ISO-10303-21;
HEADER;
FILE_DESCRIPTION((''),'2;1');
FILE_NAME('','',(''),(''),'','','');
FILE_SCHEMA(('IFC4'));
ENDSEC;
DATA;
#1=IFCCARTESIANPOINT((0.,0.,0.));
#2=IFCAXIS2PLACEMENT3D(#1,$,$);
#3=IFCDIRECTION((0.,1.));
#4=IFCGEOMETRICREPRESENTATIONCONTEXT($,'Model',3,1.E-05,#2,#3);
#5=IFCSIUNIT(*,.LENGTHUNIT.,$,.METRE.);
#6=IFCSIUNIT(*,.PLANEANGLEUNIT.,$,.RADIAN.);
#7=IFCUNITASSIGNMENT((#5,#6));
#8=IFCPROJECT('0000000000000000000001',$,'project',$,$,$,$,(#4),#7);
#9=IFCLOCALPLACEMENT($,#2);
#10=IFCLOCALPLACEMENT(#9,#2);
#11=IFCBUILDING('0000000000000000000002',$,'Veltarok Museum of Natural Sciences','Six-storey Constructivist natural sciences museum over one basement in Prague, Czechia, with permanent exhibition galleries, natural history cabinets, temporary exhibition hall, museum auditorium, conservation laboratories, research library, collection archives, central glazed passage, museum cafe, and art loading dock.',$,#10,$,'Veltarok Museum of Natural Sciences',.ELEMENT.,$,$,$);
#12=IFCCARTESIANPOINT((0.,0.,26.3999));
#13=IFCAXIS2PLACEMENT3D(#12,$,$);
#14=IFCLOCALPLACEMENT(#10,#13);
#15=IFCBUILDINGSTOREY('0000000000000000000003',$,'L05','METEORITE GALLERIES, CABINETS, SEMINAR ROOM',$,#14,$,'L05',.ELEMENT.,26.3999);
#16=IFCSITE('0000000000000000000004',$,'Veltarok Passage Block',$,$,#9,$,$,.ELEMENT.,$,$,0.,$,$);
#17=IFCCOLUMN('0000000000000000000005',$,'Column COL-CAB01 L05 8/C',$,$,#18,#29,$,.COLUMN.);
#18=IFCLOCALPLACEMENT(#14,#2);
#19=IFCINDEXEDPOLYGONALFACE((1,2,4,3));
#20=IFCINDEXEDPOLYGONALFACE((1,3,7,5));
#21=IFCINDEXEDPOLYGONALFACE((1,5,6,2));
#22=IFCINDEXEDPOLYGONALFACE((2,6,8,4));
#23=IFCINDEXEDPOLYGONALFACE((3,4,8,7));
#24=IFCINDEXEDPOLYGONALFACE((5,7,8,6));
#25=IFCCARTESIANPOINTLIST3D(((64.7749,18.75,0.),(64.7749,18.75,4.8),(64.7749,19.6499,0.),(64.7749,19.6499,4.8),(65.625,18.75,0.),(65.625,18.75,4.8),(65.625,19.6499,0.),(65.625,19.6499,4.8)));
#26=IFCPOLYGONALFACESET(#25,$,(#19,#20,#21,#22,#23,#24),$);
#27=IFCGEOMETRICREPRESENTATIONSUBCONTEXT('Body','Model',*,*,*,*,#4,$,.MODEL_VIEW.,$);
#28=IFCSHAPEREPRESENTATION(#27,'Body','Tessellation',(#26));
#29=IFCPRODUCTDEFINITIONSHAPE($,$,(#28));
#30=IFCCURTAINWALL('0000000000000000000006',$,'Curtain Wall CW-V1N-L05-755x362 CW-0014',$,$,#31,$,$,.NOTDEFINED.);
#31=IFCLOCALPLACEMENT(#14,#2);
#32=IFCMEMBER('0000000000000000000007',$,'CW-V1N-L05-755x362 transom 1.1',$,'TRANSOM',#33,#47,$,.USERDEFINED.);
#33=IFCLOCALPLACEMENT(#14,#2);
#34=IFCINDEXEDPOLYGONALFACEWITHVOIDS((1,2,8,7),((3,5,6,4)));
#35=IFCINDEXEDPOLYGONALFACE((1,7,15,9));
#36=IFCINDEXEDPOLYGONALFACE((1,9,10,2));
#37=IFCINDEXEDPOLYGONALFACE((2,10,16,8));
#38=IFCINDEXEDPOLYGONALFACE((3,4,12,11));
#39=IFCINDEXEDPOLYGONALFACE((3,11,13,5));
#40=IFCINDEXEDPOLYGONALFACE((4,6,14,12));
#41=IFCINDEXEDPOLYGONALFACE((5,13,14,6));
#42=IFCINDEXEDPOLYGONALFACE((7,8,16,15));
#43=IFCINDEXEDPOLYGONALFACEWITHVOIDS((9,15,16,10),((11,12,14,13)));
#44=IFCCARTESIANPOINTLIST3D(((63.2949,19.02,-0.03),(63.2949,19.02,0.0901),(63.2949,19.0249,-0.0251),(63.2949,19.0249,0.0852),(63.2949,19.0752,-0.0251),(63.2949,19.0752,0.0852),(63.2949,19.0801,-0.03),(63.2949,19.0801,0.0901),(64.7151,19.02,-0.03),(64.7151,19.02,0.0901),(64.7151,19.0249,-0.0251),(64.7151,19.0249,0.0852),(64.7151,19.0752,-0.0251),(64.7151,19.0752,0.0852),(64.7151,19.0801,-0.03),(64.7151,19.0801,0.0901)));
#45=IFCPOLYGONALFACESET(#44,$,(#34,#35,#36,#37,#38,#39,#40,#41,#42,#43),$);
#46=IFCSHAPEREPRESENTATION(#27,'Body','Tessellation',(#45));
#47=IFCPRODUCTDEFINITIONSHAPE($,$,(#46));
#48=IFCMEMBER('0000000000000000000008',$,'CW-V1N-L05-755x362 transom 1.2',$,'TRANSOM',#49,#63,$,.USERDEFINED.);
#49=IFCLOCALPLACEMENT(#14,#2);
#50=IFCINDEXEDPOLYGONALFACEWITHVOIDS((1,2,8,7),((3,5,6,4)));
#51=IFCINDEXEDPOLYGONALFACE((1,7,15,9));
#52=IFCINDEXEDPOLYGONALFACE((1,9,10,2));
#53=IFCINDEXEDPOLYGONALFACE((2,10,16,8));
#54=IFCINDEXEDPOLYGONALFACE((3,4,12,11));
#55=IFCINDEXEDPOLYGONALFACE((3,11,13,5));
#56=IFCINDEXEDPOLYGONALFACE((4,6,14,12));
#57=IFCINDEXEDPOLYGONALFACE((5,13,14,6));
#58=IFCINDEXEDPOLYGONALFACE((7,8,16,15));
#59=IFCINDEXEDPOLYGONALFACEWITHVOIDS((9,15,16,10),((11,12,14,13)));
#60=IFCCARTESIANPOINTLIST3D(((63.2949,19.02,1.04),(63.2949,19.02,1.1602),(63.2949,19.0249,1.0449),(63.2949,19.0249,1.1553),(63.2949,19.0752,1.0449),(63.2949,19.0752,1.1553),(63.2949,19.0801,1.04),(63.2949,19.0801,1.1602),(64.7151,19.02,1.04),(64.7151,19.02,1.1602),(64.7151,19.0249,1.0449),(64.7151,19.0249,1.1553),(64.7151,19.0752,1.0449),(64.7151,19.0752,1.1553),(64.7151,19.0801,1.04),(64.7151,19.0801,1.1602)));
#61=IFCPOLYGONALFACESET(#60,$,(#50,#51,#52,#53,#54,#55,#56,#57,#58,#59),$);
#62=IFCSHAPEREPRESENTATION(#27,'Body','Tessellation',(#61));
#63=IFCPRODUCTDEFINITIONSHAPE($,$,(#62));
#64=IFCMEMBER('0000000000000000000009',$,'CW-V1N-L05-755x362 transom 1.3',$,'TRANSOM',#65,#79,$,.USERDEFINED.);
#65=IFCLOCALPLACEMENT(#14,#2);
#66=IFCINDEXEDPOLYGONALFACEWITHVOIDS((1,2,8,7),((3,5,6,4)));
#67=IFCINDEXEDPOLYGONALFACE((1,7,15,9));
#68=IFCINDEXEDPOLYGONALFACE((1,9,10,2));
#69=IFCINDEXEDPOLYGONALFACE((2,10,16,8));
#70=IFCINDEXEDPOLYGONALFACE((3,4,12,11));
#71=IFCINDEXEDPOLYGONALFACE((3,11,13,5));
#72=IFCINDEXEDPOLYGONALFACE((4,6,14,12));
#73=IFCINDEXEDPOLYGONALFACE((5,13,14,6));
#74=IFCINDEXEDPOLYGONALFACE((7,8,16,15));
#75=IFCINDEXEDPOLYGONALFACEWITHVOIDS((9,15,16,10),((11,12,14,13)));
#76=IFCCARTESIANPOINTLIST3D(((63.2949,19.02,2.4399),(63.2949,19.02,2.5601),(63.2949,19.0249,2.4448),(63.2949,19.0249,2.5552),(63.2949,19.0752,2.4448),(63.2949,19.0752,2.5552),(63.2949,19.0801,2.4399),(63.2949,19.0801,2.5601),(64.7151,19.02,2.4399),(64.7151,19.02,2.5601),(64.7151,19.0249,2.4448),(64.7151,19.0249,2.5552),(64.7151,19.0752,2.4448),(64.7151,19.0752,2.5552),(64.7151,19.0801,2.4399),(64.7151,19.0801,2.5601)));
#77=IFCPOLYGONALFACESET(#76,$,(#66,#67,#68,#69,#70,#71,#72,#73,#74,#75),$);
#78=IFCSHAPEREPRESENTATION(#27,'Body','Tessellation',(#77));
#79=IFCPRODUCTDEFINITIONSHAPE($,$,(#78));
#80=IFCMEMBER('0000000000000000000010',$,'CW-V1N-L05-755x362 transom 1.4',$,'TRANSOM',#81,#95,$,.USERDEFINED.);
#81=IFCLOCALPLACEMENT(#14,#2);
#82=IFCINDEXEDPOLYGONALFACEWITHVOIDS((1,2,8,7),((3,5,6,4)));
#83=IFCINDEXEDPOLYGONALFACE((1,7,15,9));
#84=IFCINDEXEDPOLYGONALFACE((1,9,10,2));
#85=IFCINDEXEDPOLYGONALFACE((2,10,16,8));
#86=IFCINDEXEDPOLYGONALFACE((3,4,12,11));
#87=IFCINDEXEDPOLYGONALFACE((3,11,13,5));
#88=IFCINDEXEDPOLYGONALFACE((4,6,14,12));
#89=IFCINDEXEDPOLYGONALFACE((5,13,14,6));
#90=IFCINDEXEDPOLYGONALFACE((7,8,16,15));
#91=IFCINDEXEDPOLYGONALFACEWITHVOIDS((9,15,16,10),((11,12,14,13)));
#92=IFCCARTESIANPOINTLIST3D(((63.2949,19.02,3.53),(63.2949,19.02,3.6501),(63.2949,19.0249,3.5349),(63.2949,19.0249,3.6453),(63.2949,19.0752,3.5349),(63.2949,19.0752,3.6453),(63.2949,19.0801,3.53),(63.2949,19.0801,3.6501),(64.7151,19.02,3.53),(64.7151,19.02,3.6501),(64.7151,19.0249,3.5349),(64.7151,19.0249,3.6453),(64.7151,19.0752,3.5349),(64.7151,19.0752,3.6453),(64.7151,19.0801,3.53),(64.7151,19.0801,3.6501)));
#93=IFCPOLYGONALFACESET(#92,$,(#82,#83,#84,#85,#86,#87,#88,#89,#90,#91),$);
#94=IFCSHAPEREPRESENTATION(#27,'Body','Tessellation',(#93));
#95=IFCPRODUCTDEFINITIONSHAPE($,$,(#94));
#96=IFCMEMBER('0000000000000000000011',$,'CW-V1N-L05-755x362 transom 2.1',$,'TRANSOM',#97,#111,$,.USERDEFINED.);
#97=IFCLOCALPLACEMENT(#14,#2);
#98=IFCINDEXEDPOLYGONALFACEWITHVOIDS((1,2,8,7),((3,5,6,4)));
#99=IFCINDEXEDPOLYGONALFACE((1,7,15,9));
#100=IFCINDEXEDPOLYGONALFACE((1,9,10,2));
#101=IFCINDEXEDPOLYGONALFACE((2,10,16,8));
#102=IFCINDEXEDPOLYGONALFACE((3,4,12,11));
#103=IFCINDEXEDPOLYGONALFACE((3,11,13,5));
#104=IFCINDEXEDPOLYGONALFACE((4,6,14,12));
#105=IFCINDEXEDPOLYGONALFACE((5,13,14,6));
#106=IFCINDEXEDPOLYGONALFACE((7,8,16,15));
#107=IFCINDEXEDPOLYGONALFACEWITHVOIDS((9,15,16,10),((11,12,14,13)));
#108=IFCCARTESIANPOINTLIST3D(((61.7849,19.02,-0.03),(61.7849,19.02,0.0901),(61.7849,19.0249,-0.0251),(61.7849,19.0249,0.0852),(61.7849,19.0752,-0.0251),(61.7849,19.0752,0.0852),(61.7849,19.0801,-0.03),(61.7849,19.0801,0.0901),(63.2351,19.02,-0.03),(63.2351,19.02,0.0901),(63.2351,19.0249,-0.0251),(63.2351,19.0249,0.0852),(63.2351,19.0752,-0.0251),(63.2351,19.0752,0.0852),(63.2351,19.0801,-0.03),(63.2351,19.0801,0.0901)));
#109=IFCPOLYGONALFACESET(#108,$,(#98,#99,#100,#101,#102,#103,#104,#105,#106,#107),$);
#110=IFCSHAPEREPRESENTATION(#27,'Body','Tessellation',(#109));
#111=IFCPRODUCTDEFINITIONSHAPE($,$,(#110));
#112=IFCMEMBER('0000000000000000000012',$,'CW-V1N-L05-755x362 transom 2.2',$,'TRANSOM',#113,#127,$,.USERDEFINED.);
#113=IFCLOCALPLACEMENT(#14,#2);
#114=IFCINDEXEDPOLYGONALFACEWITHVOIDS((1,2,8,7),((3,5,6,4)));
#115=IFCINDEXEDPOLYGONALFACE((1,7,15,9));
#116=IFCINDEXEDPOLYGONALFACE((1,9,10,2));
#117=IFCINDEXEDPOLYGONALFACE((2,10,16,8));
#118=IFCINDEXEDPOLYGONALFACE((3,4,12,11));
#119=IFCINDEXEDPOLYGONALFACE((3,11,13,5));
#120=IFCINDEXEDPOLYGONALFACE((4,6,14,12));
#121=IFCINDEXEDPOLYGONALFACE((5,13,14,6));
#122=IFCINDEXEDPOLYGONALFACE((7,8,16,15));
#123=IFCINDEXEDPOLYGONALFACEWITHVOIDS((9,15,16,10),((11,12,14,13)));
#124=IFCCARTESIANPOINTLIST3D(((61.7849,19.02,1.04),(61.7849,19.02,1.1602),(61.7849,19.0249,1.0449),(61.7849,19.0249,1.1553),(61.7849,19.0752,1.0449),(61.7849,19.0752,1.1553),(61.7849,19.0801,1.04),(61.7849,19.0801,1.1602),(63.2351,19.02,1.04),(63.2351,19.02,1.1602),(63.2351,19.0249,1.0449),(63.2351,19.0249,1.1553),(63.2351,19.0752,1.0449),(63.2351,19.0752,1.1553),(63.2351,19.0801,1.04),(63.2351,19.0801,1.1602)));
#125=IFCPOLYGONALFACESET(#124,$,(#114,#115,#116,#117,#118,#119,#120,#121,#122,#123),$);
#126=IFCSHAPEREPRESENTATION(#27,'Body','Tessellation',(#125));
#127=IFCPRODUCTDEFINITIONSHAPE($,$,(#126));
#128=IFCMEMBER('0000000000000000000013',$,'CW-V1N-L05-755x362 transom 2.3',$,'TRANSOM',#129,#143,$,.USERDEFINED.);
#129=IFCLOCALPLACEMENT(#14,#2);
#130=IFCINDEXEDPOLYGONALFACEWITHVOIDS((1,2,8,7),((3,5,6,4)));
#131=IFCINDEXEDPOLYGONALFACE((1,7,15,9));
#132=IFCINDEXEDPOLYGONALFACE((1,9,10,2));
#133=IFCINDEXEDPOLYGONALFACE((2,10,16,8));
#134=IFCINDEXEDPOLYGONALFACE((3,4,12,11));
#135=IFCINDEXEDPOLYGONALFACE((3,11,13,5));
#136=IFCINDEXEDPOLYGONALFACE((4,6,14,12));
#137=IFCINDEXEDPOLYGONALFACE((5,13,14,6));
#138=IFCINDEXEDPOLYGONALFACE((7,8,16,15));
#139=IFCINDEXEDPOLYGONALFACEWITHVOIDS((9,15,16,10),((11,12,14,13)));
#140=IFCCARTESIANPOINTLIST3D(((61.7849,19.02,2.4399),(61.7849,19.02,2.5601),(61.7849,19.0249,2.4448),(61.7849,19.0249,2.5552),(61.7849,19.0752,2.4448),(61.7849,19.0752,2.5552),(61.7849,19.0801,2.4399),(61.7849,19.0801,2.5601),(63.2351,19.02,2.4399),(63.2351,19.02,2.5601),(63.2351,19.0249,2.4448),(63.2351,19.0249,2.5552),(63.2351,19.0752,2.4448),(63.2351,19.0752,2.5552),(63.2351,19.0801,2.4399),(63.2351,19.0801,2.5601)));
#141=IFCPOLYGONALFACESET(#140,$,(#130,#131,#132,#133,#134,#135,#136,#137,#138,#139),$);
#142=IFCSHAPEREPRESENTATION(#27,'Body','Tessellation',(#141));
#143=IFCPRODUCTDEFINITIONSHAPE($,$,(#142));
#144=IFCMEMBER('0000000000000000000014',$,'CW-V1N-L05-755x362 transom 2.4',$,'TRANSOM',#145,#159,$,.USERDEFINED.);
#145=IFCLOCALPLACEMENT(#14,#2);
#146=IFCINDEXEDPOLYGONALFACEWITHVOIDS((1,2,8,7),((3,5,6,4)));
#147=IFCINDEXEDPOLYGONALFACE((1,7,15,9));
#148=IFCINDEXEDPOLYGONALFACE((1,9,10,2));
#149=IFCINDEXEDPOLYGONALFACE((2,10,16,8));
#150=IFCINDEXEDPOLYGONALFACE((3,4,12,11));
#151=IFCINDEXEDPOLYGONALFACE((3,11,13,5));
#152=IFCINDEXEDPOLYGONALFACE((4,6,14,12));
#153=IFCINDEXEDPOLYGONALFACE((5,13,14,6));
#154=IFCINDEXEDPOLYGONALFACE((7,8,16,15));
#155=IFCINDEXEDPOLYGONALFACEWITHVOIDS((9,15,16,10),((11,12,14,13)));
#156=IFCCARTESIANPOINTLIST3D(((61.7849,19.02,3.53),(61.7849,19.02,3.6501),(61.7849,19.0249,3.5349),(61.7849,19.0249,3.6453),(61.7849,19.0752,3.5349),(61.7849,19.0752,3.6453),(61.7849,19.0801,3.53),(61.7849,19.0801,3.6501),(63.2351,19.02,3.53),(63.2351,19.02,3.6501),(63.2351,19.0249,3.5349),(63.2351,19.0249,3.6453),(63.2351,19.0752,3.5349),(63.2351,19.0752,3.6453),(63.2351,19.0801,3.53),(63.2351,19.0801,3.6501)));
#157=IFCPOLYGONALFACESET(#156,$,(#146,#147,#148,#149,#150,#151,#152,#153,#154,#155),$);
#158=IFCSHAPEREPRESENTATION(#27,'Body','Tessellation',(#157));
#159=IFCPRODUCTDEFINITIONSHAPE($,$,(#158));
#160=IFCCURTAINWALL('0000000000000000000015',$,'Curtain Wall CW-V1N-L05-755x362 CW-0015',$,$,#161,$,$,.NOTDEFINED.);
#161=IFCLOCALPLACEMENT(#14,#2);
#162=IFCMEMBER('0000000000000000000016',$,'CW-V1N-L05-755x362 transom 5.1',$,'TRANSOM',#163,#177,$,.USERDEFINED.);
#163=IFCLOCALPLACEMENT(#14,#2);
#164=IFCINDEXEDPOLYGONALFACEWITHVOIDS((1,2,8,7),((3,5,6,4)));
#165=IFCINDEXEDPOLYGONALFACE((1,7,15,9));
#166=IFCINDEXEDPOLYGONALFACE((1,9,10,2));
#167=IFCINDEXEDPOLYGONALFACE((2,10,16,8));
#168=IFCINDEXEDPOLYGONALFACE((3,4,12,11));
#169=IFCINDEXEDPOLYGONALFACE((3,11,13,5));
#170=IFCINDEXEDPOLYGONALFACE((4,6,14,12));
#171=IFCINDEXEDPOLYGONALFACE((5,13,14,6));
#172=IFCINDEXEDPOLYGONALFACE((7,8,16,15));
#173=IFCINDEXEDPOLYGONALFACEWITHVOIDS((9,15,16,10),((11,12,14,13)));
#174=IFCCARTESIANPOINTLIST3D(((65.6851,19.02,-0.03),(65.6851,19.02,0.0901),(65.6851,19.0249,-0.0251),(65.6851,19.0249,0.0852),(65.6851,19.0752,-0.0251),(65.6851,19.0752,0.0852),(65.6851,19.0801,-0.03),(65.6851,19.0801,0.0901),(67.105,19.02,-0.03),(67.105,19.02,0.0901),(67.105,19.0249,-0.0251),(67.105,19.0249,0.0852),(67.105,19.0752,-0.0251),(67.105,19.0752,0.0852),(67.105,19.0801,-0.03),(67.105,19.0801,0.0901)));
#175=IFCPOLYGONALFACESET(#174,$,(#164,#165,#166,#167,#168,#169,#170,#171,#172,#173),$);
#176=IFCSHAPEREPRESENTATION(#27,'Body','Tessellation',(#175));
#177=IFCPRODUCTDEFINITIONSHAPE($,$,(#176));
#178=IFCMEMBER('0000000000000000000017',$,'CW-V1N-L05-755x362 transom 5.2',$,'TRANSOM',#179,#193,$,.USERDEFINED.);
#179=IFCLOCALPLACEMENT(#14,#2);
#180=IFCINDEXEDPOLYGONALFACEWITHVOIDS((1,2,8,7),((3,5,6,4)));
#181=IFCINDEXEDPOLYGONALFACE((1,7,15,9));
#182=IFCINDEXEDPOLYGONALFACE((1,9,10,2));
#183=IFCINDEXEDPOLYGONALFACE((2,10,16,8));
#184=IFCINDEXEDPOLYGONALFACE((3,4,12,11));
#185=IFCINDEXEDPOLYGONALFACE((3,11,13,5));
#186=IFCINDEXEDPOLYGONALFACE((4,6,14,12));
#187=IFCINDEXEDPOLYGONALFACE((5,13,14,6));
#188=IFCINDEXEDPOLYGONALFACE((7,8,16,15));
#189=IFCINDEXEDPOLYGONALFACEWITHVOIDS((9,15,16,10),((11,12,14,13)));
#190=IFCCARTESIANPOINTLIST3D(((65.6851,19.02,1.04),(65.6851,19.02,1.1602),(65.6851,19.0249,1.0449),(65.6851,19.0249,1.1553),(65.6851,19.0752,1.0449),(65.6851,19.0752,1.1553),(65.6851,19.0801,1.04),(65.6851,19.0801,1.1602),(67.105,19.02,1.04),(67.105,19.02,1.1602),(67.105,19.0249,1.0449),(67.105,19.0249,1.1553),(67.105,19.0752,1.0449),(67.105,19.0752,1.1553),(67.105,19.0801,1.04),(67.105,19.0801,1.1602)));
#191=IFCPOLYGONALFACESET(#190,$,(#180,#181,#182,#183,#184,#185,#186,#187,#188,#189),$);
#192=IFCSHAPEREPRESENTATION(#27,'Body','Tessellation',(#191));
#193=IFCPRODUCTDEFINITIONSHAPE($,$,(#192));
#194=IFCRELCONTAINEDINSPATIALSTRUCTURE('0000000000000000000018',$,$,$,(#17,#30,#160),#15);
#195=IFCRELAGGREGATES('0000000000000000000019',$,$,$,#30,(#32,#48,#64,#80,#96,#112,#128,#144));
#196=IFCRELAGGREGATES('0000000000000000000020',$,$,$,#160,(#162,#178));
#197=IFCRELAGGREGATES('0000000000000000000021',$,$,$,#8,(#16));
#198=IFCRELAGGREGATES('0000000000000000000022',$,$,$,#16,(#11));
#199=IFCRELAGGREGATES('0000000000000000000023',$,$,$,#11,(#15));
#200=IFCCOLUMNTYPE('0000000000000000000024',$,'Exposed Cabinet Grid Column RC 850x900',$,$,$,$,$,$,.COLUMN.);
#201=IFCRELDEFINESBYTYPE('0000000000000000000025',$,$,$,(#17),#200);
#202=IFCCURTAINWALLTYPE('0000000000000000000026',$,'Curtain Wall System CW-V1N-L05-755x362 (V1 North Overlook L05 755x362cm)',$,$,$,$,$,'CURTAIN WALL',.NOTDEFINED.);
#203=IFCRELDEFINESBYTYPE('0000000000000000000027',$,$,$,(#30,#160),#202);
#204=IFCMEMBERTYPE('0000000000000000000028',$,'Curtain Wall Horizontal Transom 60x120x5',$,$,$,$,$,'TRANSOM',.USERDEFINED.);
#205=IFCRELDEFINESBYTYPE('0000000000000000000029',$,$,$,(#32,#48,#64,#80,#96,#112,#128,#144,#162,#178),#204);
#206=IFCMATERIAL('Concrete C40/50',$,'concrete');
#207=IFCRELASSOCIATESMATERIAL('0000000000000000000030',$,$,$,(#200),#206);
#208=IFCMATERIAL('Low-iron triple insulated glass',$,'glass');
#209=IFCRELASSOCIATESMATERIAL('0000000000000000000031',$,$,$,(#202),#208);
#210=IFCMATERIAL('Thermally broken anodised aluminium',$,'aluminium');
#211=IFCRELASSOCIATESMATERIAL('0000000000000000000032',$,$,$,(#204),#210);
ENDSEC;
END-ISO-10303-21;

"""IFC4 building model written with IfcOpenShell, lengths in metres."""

from ifc_helpers import new_model, si_unit, direction, frame, origin, origin_2d, place, context, subcontext, project, spatial, rectangle, hollow_rectangle, extrude, material, material_profile, profile_set, type_object, element, aggregate, save


model = new_model("IFC4")

# Units and contexts
model_context = context("Model", 3, precision=1e-05, world=origin(), true_north=direction((0.0, 1.0)))
body_context = subcontext(model_context, "Body", "Model", "MODEL_VIEW")
ifc_project = project(units=[si_unit("LENGTHUNIT", "METRE"), si_unit("PLANEANGLEUNIT", "RADIAN")], contexts=[model_context])

# Site, building, storey
site_placement = place(None, origin())
site = spatial("IfcSite", under=ifc_project, at=site_placement, Name="Veltarok Passage Block", CompositionType="ELEMENT", RefElevation=0.0)
building_placement = place(site_placement, origin())
building = spatial("IfcBuilding", under=site, at=building_placement, Name="Veltarok Museum of Natural Sciences", Description="Six-storey Constructivist natural sciences museum over one basement in Prague, Czechia, with permanent exhibition galleries, natural history cabinets, temporary exhibition hall, museum auditorium, conservation laboratories, research library, collection archives, central glazed passage, museum cafe, and art loading dock.", LongName="Veltarok Museum of Natural Sciences", CompositionType="ELEMENT")
storey_placement = place(building_placement, frame((0.0, 0.0, 26.3999)))
storey = spatial("IfcBuildingStorey", under=building, at=storey_placement, Name="L05", Description="METEORITE GALLERIES, CABINETS, SEMINAR ROOM", LongName="L05", CompositionType="ELEMENT", Elevation=26.3999)

# Column
ifc_material_1 = material(Name="Concrete C40/50", Category="concrete")
ifc_material_profile_1 = material_profile(ifc_material_1, rectangle(XDim=0.8501, YDim=0.8999, at=origin_2d()), Name="RC 850x900")
ifc_profile_set_1 = profile_set([ifc_material_profile_1], Name="Concrete C40/50")
column_type = type_object("IfcColumnType", Name="Exposed Cabinet Grid Column RC 850x900", PredefinedType="COLUMN", material=ifc_profile_set_1)
column_placement = place(storey_placement, frame((65.2, 19.2, 0.0), z_axis=(0.0, 0.0, 1.0), x_axis=(1.0, 0.0, 0.0)))
element("IfcColumn", 1, at=column_placement, inside=storey, type_object=column_type, Name="Column COL-CAB01 L05 8/C", PredefinedType="COLUMN", context=body_context, shape_type="SweptSolid", body=[
    extrude(rectangle(XDim=0.8501, YDim=0.8999, at=origin_2d()), origin(), (0.0, 0.0, 1.0), 4.8),
])

# Curtain walls, members
ifc_material_2 = material(Name="Low-iron triple insulated glass", Category="glass")
curtain_wall_type = type_object("IfcCurtainWallType", Name="Curtain Wall System CW-V1N-L05-755x362 (V1 North Overlook L05 755x362cm)", ElementType="CURTAIN WALL", PredefinedType="NOTDEFINED", material=ifc_material_2)
curtain_wall_1_placement = place(storey_placement, origin())
curtain_wall_1 = element("IfcCurtainWall", 2, at=curtain_wall_1_placement, inside=storey, type_object=curtain_wall_type, Name="Curtain Wall CW-V1N-L05-755x362 CW-0014", PredefinedType="NOTDEFINED")
ifc_material_3 = material(Name="Thermally broken anodised aluminium", Category="aluminium")
ifc_material_profile_2 = material_profile(ifc_material_3, hollow_rectangle(XDim=0.0601, YDim=0.1201, WallThickness=0.0049, at=origin_2d()), Name="CW TRANSOM 60x120x5")
ifc_profile_set_2 = profile_set([ifc_material_profile_2], Name="Thermally broken anodised aluminium")
member_type_1 = type_object("IfcMemberType", Name="Curtain Wall Horizontal Transom 60x120x5", ElementType="TRANSOM", PredefinedType="USERDEFINED", material=ifc_profile_set_2)
member_1_placement = place(storey_placement, frame((64.7151, 19.05, 0.03), z_axis=(-1.0, 0.0, 0.0), x_axis=(0.0, -1.0, 0.0)))
member_1 = element("IfcMember", 3, at=member_1_placement, type_object=member_type_1, Name="CW-V1N-L05-755x362 transom 1.1", ObjectType="TRANSOM", PredefinedType="USERDEFINED", context=body_context, shape_type="SweptSolid", body=[
    extrude(hollow_rectangle(XDim=0.0601, YDim=0.1201, WallThickness=0.0049, at=origin_2d()), origin(), (0.0, 0.0, 1.0), 1.4202),
])
member_2_placement = place(storey_placement, frame((64.7151, 19.05, 1.1001), z_axis=(-1.0, 0.0, 0.0), x_axis=(0.0, -1.0, 0.0)))
member_2 = element("IfcMember", 4, at=member_2_placement, type_object=member_type_1, Name="CW-V1N-L05-755x362 transom 1.2", ObjectType="TRANSOM", PredefinedType="USERDEFINED", context=body_context, shape_type="SweptSolid", body=[
    extrude(hollow_rectangle(XDim=0.0601, YDim=0.1201, WallThickness=0.0049, at=origin_2d()), origin(), (0.0, 0.0, 1.0), 1.4202),
])
member_3_placement = place(storey_placement, frame((64.7151, 19.05, 2.5), z_axis=(-1.0, 0.0, 0.0), x_axis=(0.0, -1.0, 0.0)))
member_3 = element("IfcMember", 5, at=member_3_placement, type_object=member_type_1, Name="CW-V1N-L05-755x362 transom 1.3", ObjectType="TRANSOM", PredefinedType="USERDEFINED", context=body_context, shape_type="SweptSolid", body=[
    extrude(hollow_rectangle(XDim=0.0601, YDim=0.1201, WallThickness=0.0049, at=origin_2d()), origin(), (0.0, 0.0, 1.0), 1.4202),
])
member_4_placement = place(storey_placement, frame((64.7151, 19.05, 3.5901), z_axis=(-1.0, 0.0, 0.0), x_axis=(0.0, -1.0, 0.0)))
member_4 = element("IfcMember", 6, at=member_4_placement, type_object=member_type_1, Name="CW-V1N-L05-755x362 transom 1.4", ObjectType="TRANSOM", PredefinedType="USERDEFINED", context=body_context, shape_type="SweptSolid", body=[
    extrude(hollow_rectangle(XDim=0.0601, YDim=0.1201, WallThickness=0.0049, at=origin_2d()), origin(), (0.0, 0.0, 1.0), 1.4202),
])
member_5_placement = place(storey_placement, frame((63.2351, 19.05, 0.03), z_axis=(-1.0, 0.0, 0.0), x_axis=(0.0, -1.0, 0.0)))
member_5 = element("IfcMember", 7, at=member_5_placement, type_object=member_type_1, Name="CW-V1N-L05-755x362 transom 2.1", ObjectType="TRANSOM", PredefinedType="USERDEFINED", context=body_context, shape_type="SweptSolid", body=[
    extrude(hollow_rectangle(XDim=0.0601, YDim=0.1201, WallThickness=0.0049, at=origin_2d()), origin(), (0.0, 0.0, 1.0), 1.4502),
])
member_6_placement = place(storey_placement, frame((63.2351, 19.05, 1.1001), z_axis=(-1.0, 0.0, 0.0), x_axis=(0.0, -1.0, 0.0)))
member_6 = element("IfcMember", 8, at=member_6_placement, type_object=member_type_1, Name="CW-V1N-L05-755x362 transom 2.2", ObjectType="TRANSOM", PredefinedType="USERDEFINED", context=body_context, shape_type="SweptSolid", body=[
    extrude(hollow_rectangle(XDim=0.0601, YDim=0.1201, WallThickness=0.0049, at=origin_2d()), origin(), (0.0, 0.0, 1.0), 1.4502),
])
member_7_placement = place(storey_placement, frame((63.2351, 19.05, 2.5), z_axis=(-1.0, 0.0, 0.0), x_axis=(0.0, -1.0, 0.0)))
member_7 = element("IfcMember", 9, at=member_7_placement, type_object=member_type_1, Name="CW-V1N-L05-755x362 transom 2.3", ObjectType="TRANSOM", PredefinedType="USERDEFINED", context=body_context, shape_type="SweptSolid", body=[
    extrude(hollow_rectangle(XDim=0.0601, YDim=0.1201, WallThickness=0.0049, at=origin_2d()), origin(), (0.0, 0.0, 1.0), 1.4502),
])
member_8_placement = place(storey_placement, frame((63.2351, 19.05, 3.5901), z_axis=(-1.0, 0.0, 0.0), x_axis=(0.0, -1.0, 0.0)))
member_8 = element("IfcMember", 10, at=member_8_placement, type_object=member_type_1, Name="CW-V1N-L05-755x362 transom 2.4", ObjectType="TRANSOM", PredefinedType="USERDEFINED", context=body_context, shape_type="SweptSolid", body=[
    extrude(hollow_rectangle(XDim=0.0601, YDim=0.1201, WallThickness=0.0049, at=origin_2d()), origin(), (0.0, 0.0, 1.0), 1.4502),
])
curtain_wall_2_placement = place(storey_placement, origin())
curtain_wall_2 = element("IfcCurtainWall", 11, at=curtain_wall_2_placement, inside=storey, type_object=curtain_wall_type, Name="Curtain Wall CW-V1N-L05-755x362 CW-0015", PredefinedType="NOTDEFINED")
member_9_placement = place(storey_placement, frame((67.105, 19.05, 0.03), z_axis=(-1.0, 0.0, 0.0), x_axis=(0.0, -1.0, 0.0)))
member_9 = element("IfcMember", 12, at=member_9_placement, type_object=member_type_1, Name="CW-V1N-L05-755x362 transom 5.1", ObjectType="TRANSOM", PredefinedType="USERDEFINED", context=body_context, shape_type="SweptSolid", body=[
    extrude(hollow_rectangle(XDim=0.0601, YDim=0.1201, WallThickness=0.0049, at=origin_2d()), origin(), (0.0, 0.0, 1.0), 1.4199),
])
member_10_placement = place(storey_placement, frame((67.105, 19.05, 1.1001), z_axis=(-1.0, 0.0, 0.0), x_axis=(0.0, -1.0, 0.0)))
member_10 = element("IfcMember", 13, at=member_10_placement, type_object=member_type_1, Name="CW-V1N-L05-755x362 transom 5.2", ObjectType="TRANSOM", PredefinedType="USERDEFINED", context=body_context, shape_type="SweptSolid", body=[
    extrude(hollow_rectangle(XDim=0.0601, YDim=0.1201, WallThickness=0.0049, at=origin_2d()), origin(), (0.0, 0.0, 1.0), 1.4199),
])

aggregate(curtain_wall_1, [member_1, member_2, member_3, member_4, member_5, member_6, member_7, member_8])
aggregate(curtain_wall_2, [member_9, member_10])

save(model, "model.ifc")
